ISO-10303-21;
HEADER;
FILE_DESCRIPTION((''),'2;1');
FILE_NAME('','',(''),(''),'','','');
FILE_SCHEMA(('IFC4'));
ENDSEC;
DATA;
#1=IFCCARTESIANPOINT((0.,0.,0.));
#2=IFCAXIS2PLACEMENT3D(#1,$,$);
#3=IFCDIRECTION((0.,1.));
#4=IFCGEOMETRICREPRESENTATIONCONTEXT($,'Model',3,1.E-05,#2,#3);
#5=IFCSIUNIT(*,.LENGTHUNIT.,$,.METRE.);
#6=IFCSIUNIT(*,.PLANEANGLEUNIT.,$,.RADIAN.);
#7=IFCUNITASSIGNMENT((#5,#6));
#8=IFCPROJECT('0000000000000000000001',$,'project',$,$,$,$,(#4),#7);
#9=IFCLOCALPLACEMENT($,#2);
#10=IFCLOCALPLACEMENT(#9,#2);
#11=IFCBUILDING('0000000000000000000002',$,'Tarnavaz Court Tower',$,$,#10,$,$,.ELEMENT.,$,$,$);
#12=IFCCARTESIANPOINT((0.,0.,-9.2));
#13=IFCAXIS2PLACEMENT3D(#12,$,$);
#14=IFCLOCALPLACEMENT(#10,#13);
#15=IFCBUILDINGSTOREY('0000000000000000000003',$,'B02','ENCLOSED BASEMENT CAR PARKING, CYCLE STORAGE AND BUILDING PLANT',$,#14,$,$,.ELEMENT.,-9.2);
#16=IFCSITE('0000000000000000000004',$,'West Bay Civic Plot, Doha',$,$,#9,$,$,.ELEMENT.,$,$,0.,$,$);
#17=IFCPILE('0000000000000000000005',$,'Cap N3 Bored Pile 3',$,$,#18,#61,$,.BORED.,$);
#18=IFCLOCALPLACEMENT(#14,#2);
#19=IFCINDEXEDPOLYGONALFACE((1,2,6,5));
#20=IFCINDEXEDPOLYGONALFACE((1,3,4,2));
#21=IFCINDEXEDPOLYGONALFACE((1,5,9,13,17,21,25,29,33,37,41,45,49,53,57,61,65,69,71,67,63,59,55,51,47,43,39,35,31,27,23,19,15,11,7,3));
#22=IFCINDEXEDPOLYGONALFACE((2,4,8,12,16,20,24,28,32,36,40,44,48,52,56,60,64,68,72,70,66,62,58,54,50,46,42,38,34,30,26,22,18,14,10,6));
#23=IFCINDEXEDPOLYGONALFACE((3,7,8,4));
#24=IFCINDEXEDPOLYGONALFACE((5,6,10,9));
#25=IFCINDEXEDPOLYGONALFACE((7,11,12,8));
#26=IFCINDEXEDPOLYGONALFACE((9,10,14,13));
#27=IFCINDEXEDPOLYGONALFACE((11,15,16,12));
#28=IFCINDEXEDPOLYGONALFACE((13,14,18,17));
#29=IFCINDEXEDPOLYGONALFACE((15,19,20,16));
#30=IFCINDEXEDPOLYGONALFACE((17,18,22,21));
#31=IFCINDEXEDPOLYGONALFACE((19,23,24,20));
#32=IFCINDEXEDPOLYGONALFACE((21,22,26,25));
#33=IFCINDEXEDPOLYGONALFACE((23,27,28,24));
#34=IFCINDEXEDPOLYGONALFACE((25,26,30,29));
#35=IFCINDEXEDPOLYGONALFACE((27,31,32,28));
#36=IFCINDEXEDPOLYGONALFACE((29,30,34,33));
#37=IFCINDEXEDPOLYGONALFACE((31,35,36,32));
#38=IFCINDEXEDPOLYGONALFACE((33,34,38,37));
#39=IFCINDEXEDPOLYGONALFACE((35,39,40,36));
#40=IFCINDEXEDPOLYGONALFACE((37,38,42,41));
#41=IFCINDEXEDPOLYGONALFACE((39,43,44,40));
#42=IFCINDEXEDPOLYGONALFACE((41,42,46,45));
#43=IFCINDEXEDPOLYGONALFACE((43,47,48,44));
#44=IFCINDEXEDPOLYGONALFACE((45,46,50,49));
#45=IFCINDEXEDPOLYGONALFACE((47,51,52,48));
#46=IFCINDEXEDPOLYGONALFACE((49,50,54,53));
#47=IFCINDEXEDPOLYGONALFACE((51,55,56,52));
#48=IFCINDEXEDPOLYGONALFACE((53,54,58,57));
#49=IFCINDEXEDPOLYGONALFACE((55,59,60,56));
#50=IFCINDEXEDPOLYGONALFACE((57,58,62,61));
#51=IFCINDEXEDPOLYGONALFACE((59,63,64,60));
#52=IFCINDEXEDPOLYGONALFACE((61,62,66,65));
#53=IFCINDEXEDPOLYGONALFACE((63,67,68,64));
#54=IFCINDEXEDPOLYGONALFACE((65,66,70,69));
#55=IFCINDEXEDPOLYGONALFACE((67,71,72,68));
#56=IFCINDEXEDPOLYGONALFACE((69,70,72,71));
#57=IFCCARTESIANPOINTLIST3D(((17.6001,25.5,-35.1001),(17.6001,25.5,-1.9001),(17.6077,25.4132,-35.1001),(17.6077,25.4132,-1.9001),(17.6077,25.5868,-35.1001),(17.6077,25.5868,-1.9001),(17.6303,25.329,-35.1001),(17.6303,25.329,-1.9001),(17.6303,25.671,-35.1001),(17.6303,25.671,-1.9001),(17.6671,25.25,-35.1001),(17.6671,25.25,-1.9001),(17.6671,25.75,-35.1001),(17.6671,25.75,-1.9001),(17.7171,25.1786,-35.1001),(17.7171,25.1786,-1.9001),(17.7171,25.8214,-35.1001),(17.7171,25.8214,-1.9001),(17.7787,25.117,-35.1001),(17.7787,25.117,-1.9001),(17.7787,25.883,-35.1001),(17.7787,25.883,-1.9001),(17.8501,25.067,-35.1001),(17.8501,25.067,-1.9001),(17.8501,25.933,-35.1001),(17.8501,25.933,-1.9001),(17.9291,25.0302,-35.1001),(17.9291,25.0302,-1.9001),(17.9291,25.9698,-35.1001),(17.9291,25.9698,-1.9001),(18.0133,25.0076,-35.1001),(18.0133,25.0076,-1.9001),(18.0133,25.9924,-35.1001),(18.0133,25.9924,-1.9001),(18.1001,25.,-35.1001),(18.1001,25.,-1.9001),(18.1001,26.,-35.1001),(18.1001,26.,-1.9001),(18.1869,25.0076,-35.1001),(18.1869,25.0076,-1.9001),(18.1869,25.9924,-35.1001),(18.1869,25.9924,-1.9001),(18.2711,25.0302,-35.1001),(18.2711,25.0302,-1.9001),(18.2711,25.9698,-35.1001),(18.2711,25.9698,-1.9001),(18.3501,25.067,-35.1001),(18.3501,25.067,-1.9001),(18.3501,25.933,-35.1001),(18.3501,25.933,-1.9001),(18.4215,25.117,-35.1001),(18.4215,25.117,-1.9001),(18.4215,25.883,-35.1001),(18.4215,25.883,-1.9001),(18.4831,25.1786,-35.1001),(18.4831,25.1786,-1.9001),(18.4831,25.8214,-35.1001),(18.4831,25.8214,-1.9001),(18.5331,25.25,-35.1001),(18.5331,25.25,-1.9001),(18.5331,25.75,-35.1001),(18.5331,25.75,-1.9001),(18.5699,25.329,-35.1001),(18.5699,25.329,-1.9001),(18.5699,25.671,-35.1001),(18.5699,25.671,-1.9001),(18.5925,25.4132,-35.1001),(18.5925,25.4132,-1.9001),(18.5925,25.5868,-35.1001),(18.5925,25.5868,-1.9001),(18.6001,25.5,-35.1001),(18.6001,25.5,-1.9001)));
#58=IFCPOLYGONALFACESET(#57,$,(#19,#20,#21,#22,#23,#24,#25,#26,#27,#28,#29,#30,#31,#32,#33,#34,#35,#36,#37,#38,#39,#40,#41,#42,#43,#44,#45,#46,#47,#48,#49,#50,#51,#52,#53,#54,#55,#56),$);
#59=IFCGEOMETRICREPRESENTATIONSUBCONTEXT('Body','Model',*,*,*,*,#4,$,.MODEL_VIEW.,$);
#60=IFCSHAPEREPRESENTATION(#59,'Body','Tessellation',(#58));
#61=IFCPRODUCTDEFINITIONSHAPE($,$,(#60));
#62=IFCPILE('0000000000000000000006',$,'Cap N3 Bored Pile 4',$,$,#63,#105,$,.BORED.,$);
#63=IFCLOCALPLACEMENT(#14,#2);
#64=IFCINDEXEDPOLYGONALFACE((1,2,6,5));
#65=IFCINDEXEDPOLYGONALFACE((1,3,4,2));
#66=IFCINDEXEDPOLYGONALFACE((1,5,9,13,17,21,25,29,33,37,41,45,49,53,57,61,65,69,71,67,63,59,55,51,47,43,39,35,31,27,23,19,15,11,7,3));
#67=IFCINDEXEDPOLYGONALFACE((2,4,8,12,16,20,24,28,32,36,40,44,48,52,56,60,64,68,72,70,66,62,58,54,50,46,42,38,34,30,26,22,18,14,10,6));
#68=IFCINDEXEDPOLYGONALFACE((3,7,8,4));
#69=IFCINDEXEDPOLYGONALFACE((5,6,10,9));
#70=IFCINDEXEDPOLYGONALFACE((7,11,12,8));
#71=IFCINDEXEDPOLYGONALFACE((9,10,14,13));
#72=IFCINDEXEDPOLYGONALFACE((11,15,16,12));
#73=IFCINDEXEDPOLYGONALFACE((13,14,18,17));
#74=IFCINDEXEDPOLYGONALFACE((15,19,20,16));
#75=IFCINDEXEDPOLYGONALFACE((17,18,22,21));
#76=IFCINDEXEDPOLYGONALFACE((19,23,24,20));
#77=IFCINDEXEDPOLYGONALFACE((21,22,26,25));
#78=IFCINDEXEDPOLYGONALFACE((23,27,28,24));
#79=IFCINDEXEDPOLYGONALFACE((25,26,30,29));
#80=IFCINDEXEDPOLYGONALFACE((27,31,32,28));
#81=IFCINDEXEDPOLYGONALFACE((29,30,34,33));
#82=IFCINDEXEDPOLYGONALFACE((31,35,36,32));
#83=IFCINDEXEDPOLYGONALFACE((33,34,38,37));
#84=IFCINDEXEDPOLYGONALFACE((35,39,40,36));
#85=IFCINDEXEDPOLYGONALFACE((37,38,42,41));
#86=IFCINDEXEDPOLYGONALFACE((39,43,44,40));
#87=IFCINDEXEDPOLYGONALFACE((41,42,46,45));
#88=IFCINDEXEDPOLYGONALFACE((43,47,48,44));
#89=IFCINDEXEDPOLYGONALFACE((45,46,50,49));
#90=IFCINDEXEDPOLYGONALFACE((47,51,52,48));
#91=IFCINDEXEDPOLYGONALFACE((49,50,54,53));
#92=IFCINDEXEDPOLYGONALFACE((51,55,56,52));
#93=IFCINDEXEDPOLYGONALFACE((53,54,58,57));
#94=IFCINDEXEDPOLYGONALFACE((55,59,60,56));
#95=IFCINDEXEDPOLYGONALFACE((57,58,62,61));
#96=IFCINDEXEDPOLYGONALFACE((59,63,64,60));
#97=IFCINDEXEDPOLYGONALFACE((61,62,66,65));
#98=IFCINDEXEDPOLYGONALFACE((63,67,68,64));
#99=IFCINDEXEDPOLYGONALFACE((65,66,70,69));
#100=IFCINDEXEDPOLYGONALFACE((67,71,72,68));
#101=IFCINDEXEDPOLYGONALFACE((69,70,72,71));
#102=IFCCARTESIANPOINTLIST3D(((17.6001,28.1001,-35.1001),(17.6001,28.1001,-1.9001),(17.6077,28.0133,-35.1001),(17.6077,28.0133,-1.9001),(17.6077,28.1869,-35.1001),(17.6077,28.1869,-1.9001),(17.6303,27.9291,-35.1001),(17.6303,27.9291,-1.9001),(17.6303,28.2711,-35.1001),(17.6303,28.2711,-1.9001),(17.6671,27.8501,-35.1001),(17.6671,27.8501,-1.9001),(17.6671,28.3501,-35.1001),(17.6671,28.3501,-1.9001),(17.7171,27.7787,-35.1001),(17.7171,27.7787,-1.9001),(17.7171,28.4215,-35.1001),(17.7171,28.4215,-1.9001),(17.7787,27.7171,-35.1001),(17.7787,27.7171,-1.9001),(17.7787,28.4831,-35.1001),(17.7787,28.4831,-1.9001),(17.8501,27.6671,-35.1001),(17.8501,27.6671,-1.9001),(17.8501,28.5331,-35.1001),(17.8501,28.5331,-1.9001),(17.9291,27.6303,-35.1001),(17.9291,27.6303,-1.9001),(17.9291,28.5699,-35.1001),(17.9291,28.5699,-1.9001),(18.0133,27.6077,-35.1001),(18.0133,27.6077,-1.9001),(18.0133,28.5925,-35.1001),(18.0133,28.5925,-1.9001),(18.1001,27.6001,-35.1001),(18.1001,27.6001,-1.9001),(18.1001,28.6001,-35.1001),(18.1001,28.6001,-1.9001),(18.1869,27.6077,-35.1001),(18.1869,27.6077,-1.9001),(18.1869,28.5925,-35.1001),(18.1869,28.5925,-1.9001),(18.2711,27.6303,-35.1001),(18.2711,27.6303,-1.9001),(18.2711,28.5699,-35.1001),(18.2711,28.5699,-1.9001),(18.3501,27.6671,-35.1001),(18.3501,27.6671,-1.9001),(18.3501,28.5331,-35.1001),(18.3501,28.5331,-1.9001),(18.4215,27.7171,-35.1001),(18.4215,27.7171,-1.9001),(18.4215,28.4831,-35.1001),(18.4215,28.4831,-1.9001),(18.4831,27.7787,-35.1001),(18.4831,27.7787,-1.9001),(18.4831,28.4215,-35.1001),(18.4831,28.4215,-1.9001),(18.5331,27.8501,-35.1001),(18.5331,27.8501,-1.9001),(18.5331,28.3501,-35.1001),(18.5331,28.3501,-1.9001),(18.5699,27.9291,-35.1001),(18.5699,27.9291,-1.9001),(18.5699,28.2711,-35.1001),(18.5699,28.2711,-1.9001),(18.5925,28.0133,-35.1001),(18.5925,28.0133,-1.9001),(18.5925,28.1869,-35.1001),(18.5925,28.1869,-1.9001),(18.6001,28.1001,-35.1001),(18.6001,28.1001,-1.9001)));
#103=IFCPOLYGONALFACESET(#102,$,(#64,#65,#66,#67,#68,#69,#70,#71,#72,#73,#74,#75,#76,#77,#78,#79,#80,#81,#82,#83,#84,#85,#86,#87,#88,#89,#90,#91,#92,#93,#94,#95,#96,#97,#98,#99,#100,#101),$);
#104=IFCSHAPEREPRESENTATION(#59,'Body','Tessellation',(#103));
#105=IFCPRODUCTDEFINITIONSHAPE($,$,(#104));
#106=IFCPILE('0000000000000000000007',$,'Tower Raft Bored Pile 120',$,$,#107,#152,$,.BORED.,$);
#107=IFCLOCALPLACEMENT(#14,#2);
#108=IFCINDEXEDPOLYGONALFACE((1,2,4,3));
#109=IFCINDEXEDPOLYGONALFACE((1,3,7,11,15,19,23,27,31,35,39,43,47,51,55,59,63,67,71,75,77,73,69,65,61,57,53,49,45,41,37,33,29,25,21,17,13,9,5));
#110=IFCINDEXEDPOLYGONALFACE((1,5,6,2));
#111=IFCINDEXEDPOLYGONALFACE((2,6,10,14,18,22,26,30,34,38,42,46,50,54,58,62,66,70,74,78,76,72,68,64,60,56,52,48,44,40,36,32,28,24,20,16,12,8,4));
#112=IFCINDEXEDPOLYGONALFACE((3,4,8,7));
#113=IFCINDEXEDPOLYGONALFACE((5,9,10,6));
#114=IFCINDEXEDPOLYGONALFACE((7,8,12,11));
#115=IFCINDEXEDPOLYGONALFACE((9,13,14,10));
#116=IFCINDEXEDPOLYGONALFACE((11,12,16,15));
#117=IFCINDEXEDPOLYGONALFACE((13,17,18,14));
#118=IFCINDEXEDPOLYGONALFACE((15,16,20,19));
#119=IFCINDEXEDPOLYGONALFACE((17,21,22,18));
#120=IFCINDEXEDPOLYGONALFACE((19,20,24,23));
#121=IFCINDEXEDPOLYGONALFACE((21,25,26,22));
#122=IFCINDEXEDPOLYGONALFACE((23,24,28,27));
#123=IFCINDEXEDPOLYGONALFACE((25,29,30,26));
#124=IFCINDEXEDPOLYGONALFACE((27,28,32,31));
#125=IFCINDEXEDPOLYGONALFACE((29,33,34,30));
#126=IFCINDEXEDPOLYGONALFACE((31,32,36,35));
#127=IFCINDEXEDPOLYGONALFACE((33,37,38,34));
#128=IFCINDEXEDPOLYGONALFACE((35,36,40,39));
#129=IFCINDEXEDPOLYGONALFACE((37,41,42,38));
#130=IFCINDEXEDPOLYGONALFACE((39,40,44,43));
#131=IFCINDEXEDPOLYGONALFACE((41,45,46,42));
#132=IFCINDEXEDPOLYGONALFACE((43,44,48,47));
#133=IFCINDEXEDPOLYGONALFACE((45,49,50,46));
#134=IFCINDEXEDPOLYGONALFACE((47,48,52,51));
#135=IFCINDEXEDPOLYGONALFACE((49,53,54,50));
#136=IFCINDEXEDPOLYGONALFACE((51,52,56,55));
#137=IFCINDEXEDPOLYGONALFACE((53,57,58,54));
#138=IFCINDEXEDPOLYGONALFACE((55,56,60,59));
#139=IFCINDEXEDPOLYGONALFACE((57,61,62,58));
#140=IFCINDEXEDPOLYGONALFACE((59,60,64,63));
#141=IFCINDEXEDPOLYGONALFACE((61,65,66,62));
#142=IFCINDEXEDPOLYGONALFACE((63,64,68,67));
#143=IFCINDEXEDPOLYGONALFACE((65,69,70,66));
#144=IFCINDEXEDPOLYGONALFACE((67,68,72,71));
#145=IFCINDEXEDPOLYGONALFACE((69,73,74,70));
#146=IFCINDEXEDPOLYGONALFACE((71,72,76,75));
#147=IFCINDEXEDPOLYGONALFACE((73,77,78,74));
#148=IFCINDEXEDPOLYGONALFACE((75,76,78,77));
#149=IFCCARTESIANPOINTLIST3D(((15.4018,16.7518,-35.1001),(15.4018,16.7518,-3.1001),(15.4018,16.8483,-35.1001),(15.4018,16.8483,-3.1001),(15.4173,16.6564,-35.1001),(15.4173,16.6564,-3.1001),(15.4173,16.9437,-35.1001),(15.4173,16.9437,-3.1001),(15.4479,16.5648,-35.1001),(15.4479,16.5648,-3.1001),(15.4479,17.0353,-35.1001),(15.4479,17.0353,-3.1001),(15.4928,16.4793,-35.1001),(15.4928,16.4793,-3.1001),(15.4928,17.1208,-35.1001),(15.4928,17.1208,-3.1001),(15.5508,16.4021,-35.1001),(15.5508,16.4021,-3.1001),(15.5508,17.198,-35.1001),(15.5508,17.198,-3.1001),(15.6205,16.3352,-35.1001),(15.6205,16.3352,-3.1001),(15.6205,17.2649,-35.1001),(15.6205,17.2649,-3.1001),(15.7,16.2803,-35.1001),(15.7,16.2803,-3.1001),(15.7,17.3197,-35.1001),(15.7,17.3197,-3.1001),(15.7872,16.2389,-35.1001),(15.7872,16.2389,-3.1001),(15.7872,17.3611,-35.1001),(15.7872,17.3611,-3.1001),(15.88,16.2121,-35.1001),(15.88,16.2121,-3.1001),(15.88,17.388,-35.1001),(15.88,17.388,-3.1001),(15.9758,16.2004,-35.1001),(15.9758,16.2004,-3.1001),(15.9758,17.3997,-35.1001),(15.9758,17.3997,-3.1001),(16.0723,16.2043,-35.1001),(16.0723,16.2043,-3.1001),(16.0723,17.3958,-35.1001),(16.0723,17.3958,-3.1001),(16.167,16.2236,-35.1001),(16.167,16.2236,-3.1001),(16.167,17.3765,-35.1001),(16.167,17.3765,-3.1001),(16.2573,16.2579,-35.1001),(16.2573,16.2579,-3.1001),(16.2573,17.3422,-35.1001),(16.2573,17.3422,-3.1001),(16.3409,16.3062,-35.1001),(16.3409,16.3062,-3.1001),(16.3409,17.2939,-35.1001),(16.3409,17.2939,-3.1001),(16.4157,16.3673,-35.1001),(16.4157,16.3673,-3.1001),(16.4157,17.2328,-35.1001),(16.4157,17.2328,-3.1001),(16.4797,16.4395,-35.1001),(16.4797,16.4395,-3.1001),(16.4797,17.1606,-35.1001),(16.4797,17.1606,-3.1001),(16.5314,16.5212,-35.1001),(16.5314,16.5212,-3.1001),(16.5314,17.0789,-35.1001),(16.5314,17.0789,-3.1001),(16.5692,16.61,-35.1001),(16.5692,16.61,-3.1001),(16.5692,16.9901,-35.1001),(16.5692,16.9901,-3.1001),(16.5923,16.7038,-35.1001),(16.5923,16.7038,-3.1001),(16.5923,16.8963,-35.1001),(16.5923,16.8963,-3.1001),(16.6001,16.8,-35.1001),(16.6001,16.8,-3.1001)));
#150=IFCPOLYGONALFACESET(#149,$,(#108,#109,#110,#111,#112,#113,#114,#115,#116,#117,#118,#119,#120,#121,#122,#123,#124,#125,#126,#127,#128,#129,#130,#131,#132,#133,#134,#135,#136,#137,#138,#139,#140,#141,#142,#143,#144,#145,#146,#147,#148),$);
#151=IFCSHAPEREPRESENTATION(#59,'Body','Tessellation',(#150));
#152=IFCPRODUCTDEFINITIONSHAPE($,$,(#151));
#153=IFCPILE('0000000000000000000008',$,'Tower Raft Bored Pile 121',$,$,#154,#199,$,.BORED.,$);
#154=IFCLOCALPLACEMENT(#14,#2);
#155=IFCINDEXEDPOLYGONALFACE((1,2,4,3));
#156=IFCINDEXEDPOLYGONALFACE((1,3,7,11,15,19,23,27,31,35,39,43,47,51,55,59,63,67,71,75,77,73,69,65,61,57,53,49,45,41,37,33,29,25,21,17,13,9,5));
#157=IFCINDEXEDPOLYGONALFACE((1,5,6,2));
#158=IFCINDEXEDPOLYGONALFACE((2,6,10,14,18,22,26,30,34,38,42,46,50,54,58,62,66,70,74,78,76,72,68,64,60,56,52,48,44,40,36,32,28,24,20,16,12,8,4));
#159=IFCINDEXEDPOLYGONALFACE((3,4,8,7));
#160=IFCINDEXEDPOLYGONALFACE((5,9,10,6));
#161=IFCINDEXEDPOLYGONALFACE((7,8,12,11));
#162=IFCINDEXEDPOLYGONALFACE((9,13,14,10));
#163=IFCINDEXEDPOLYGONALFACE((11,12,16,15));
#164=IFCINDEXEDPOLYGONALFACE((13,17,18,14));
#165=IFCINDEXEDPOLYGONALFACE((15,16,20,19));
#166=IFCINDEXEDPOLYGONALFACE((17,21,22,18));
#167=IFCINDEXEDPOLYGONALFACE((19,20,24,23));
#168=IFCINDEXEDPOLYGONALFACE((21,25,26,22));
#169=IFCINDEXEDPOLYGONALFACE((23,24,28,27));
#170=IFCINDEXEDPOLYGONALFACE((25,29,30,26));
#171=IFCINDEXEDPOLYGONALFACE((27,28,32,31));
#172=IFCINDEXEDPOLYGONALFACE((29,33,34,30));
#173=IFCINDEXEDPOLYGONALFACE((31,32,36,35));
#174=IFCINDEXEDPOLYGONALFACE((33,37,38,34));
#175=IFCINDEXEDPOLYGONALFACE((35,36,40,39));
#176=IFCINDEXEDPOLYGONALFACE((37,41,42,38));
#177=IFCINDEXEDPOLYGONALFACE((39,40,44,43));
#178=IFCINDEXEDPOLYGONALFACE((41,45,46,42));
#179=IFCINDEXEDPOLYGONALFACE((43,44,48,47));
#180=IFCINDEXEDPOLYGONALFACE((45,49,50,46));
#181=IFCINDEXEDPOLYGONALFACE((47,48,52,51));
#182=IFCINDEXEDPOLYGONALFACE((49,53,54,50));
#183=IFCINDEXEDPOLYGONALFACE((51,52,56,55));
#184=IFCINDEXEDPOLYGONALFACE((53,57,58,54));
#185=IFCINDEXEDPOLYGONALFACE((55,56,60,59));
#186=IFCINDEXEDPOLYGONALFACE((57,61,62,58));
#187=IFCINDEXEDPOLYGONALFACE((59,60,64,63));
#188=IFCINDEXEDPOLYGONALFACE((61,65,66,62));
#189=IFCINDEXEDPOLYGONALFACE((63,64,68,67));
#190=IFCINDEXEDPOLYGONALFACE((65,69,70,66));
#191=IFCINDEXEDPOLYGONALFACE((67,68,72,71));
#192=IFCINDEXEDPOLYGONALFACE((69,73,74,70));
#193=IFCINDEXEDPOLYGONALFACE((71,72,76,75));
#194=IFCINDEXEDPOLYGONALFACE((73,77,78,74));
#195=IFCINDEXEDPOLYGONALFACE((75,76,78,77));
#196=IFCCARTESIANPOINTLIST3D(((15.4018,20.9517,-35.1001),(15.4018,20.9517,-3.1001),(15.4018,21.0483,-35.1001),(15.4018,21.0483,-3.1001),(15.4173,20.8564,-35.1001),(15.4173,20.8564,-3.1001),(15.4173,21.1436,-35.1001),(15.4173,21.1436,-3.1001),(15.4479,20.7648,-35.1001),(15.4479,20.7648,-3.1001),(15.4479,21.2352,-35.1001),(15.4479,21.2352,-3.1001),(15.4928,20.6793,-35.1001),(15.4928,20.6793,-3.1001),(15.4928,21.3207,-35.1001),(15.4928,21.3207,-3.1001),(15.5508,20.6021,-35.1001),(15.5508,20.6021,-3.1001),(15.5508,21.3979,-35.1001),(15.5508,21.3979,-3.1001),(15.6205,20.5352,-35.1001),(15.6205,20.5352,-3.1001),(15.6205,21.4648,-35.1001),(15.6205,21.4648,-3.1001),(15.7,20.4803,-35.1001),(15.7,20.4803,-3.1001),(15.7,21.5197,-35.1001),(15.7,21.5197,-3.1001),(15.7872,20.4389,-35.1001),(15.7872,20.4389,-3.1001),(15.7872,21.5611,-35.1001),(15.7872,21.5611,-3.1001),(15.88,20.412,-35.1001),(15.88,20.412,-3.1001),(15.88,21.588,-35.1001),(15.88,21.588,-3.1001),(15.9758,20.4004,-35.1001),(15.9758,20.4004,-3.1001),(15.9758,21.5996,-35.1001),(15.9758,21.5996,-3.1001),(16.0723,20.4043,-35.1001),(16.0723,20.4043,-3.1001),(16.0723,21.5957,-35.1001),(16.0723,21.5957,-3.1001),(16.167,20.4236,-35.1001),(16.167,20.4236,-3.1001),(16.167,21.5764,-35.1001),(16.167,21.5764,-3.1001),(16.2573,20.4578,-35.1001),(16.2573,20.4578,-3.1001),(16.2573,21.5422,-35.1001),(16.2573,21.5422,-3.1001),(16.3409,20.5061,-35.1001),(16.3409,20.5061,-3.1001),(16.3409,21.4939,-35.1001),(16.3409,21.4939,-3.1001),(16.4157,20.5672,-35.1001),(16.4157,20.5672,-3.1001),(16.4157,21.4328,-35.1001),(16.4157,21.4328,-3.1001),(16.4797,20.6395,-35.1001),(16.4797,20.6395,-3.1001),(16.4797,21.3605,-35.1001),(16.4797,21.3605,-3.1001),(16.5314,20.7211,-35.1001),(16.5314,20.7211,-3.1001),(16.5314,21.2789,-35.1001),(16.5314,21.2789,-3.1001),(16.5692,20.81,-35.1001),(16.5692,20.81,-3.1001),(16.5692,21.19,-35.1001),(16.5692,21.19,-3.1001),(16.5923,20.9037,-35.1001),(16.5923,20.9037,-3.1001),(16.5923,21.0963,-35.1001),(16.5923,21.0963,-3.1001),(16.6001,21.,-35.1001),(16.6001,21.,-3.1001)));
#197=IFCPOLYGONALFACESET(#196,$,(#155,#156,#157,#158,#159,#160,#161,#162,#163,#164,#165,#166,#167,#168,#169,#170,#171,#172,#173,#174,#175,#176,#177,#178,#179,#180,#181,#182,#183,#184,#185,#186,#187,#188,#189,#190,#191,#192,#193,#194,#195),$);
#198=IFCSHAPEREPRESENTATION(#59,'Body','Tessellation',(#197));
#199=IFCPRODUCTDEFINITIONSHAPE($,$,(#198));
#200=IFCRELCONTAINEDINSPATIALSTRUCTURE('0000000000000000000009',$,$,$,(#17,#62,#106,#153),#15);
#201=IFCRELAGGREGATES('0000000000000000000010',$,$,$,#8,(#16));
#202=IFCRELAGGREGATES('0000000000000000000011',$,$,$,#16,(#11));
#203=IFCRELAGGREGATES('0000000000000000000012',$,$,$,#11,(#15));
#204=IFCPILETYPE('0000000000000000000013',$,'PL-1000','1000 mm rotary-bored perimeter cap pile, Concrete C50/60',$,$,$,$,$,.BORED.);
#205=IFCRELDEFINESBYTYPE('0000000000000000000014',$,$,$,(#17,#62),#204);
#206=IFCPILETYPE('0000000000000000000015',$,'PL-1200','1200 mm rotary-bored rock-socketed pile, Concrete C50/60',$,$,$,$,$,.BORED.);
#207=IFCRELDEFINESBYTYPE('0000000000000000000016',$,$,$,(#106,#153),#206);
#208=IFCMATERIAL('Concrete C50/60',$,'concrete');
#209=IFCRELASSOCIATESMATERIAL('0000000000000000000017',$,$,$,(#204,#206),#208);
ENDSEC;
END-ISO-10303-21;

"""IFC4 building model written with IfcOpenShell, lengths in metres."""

from ifc_helpers import new_model, si_unit, direction, frame, origin, origin_2d, place, context, subcontext, project, spatial, circle, extrude, material, material_profile, profile_set, type_object, element, save


model = new_model("IFC4")

# Units and contexts
model_context = context("Model", 3, precision=1e-05, world=origin(), true_north=direction((0.0, 1.0)))
body_context = subcontext(model_context, "Body", "Model", "MODEL_VIEW")
ifc_project = project(units=[si_unit("LENGTHUNIT", "METRE"), si_unit("PLANEANGLEUNIT", "RADIAN")], contexts=[model_context])

# Site, building, storey
site_placement = place(None, origin())
site = spatial("IfcSite", under=ifc_project, at=site_placement, Name="West Bay Civic Plot, Doha", CompositionType="ELEMENT", RefElevation=0.0)
building_placement = place(site_placement, origin())
building = spatial("IfcBuilding", under=site, at=building_placement, Name="Tarnavaz Court Tower", CompositionType="ELEMENT")
storey_placement = place(building_placement, frame((0.0, 0.0, -9.2)))
storey = spatial("IfcBuildingStorey", under=building, at=storey_placement, Name="B02", Description="ENCLOSED BASEMENT CAR PARKING, CYCLE STORAGE AND BUILDING PLANT", CompositionType="ELEMENT", Elevation=-9.2)

# Shared definitions
ifc_material_1 = material(Name="Concrete C50/60", Category="concrete")

# Piles
ifc_material_profile_1 = material_profile(ifc_material_1, circle(Radius=0.5, at=origin_2d()), Name="PILE D1000")
ifc_profile_set_1 = profile_set([ifc_material_profile_1], Name="Concrete C50/60")
pile_type_1 = type_object("IfcPileType", Name="PL-1000", Description="1000 mm rotary-bored perimeter cap pile, Concrete C50/60", PredefinedType="BORED", material=ifc_profile_set_1)
for number, where, z_axis, x_axis, name in (
    (1, (18.1001, 25.5, -1.9001), (0.0, 0.0, -1.0), (1.0, 0.0, 0.0), "Cap N3 Bored Pile 3"),
    (2, (18.1001, 28.1001, -1.9001), (0.0, 0.0, -1.0), (1.0, 0.0, 0.0), "Cap N3 Bored Pile 4"),
):
    element("IfcPile", number, at=place(storey_placement, frame(where, z_axis=z_axis, x_axis=x_axis)), inside=storey, type_object=pile_type_1, Name=name, PredefinedType="BORED", context=body_context, shape_type="SweptSolid", body=[
        extrude(circle(Radius=0.5, at=origin_2d()), origin(), (0.0, 0.0, 1.0), 33.2),
    ])
ifc_material_profile_2 = material_profile(ifc_material_1, circle(Radius=0.6001, at=origin_2d()), Name="PILE D1200")
ifc_profile_set_2 = profile_set([ifc_material_profile_2], Name="Concrete C50/60")
pile_type_2 = type_object("IfcPileType", Name="PL-1200", Description="1200 mm rotary-bored rock-socketed pile, Concrete C50/60", PredefinedType="BORED", material=ifc_profile_set_2)
for number, where, z_axis, x_axis, name in (
    (3, (16.0, 16.8, -3.1001), (0.0, 0.0, -1.0), (1.0, 0.0, 0.0), "Tower Raft Bored Pile 120"),
    (4, (16.0, 21.0, -3.1001), (0.0, 0.0, -1.0), (1.0, 0.0, 0.0), "Tower Raft Bored Pile 121"),
):
    element("IfcPile", number, at=place(storey_placement, frame(where, z_axis=z_axis, x_axis=x_axis)), inside=storey, type_object=pile_type_2, Name=name, PredefinedType="BORED", context=body_context, shape_type="SweptSolid", body=[
        extrude(circle(Radius=0.6001, at=origin_2d()), origin(), (0.0, 0.0, 1.0), 32.0),
    ])

save(model, "model.ifc")
